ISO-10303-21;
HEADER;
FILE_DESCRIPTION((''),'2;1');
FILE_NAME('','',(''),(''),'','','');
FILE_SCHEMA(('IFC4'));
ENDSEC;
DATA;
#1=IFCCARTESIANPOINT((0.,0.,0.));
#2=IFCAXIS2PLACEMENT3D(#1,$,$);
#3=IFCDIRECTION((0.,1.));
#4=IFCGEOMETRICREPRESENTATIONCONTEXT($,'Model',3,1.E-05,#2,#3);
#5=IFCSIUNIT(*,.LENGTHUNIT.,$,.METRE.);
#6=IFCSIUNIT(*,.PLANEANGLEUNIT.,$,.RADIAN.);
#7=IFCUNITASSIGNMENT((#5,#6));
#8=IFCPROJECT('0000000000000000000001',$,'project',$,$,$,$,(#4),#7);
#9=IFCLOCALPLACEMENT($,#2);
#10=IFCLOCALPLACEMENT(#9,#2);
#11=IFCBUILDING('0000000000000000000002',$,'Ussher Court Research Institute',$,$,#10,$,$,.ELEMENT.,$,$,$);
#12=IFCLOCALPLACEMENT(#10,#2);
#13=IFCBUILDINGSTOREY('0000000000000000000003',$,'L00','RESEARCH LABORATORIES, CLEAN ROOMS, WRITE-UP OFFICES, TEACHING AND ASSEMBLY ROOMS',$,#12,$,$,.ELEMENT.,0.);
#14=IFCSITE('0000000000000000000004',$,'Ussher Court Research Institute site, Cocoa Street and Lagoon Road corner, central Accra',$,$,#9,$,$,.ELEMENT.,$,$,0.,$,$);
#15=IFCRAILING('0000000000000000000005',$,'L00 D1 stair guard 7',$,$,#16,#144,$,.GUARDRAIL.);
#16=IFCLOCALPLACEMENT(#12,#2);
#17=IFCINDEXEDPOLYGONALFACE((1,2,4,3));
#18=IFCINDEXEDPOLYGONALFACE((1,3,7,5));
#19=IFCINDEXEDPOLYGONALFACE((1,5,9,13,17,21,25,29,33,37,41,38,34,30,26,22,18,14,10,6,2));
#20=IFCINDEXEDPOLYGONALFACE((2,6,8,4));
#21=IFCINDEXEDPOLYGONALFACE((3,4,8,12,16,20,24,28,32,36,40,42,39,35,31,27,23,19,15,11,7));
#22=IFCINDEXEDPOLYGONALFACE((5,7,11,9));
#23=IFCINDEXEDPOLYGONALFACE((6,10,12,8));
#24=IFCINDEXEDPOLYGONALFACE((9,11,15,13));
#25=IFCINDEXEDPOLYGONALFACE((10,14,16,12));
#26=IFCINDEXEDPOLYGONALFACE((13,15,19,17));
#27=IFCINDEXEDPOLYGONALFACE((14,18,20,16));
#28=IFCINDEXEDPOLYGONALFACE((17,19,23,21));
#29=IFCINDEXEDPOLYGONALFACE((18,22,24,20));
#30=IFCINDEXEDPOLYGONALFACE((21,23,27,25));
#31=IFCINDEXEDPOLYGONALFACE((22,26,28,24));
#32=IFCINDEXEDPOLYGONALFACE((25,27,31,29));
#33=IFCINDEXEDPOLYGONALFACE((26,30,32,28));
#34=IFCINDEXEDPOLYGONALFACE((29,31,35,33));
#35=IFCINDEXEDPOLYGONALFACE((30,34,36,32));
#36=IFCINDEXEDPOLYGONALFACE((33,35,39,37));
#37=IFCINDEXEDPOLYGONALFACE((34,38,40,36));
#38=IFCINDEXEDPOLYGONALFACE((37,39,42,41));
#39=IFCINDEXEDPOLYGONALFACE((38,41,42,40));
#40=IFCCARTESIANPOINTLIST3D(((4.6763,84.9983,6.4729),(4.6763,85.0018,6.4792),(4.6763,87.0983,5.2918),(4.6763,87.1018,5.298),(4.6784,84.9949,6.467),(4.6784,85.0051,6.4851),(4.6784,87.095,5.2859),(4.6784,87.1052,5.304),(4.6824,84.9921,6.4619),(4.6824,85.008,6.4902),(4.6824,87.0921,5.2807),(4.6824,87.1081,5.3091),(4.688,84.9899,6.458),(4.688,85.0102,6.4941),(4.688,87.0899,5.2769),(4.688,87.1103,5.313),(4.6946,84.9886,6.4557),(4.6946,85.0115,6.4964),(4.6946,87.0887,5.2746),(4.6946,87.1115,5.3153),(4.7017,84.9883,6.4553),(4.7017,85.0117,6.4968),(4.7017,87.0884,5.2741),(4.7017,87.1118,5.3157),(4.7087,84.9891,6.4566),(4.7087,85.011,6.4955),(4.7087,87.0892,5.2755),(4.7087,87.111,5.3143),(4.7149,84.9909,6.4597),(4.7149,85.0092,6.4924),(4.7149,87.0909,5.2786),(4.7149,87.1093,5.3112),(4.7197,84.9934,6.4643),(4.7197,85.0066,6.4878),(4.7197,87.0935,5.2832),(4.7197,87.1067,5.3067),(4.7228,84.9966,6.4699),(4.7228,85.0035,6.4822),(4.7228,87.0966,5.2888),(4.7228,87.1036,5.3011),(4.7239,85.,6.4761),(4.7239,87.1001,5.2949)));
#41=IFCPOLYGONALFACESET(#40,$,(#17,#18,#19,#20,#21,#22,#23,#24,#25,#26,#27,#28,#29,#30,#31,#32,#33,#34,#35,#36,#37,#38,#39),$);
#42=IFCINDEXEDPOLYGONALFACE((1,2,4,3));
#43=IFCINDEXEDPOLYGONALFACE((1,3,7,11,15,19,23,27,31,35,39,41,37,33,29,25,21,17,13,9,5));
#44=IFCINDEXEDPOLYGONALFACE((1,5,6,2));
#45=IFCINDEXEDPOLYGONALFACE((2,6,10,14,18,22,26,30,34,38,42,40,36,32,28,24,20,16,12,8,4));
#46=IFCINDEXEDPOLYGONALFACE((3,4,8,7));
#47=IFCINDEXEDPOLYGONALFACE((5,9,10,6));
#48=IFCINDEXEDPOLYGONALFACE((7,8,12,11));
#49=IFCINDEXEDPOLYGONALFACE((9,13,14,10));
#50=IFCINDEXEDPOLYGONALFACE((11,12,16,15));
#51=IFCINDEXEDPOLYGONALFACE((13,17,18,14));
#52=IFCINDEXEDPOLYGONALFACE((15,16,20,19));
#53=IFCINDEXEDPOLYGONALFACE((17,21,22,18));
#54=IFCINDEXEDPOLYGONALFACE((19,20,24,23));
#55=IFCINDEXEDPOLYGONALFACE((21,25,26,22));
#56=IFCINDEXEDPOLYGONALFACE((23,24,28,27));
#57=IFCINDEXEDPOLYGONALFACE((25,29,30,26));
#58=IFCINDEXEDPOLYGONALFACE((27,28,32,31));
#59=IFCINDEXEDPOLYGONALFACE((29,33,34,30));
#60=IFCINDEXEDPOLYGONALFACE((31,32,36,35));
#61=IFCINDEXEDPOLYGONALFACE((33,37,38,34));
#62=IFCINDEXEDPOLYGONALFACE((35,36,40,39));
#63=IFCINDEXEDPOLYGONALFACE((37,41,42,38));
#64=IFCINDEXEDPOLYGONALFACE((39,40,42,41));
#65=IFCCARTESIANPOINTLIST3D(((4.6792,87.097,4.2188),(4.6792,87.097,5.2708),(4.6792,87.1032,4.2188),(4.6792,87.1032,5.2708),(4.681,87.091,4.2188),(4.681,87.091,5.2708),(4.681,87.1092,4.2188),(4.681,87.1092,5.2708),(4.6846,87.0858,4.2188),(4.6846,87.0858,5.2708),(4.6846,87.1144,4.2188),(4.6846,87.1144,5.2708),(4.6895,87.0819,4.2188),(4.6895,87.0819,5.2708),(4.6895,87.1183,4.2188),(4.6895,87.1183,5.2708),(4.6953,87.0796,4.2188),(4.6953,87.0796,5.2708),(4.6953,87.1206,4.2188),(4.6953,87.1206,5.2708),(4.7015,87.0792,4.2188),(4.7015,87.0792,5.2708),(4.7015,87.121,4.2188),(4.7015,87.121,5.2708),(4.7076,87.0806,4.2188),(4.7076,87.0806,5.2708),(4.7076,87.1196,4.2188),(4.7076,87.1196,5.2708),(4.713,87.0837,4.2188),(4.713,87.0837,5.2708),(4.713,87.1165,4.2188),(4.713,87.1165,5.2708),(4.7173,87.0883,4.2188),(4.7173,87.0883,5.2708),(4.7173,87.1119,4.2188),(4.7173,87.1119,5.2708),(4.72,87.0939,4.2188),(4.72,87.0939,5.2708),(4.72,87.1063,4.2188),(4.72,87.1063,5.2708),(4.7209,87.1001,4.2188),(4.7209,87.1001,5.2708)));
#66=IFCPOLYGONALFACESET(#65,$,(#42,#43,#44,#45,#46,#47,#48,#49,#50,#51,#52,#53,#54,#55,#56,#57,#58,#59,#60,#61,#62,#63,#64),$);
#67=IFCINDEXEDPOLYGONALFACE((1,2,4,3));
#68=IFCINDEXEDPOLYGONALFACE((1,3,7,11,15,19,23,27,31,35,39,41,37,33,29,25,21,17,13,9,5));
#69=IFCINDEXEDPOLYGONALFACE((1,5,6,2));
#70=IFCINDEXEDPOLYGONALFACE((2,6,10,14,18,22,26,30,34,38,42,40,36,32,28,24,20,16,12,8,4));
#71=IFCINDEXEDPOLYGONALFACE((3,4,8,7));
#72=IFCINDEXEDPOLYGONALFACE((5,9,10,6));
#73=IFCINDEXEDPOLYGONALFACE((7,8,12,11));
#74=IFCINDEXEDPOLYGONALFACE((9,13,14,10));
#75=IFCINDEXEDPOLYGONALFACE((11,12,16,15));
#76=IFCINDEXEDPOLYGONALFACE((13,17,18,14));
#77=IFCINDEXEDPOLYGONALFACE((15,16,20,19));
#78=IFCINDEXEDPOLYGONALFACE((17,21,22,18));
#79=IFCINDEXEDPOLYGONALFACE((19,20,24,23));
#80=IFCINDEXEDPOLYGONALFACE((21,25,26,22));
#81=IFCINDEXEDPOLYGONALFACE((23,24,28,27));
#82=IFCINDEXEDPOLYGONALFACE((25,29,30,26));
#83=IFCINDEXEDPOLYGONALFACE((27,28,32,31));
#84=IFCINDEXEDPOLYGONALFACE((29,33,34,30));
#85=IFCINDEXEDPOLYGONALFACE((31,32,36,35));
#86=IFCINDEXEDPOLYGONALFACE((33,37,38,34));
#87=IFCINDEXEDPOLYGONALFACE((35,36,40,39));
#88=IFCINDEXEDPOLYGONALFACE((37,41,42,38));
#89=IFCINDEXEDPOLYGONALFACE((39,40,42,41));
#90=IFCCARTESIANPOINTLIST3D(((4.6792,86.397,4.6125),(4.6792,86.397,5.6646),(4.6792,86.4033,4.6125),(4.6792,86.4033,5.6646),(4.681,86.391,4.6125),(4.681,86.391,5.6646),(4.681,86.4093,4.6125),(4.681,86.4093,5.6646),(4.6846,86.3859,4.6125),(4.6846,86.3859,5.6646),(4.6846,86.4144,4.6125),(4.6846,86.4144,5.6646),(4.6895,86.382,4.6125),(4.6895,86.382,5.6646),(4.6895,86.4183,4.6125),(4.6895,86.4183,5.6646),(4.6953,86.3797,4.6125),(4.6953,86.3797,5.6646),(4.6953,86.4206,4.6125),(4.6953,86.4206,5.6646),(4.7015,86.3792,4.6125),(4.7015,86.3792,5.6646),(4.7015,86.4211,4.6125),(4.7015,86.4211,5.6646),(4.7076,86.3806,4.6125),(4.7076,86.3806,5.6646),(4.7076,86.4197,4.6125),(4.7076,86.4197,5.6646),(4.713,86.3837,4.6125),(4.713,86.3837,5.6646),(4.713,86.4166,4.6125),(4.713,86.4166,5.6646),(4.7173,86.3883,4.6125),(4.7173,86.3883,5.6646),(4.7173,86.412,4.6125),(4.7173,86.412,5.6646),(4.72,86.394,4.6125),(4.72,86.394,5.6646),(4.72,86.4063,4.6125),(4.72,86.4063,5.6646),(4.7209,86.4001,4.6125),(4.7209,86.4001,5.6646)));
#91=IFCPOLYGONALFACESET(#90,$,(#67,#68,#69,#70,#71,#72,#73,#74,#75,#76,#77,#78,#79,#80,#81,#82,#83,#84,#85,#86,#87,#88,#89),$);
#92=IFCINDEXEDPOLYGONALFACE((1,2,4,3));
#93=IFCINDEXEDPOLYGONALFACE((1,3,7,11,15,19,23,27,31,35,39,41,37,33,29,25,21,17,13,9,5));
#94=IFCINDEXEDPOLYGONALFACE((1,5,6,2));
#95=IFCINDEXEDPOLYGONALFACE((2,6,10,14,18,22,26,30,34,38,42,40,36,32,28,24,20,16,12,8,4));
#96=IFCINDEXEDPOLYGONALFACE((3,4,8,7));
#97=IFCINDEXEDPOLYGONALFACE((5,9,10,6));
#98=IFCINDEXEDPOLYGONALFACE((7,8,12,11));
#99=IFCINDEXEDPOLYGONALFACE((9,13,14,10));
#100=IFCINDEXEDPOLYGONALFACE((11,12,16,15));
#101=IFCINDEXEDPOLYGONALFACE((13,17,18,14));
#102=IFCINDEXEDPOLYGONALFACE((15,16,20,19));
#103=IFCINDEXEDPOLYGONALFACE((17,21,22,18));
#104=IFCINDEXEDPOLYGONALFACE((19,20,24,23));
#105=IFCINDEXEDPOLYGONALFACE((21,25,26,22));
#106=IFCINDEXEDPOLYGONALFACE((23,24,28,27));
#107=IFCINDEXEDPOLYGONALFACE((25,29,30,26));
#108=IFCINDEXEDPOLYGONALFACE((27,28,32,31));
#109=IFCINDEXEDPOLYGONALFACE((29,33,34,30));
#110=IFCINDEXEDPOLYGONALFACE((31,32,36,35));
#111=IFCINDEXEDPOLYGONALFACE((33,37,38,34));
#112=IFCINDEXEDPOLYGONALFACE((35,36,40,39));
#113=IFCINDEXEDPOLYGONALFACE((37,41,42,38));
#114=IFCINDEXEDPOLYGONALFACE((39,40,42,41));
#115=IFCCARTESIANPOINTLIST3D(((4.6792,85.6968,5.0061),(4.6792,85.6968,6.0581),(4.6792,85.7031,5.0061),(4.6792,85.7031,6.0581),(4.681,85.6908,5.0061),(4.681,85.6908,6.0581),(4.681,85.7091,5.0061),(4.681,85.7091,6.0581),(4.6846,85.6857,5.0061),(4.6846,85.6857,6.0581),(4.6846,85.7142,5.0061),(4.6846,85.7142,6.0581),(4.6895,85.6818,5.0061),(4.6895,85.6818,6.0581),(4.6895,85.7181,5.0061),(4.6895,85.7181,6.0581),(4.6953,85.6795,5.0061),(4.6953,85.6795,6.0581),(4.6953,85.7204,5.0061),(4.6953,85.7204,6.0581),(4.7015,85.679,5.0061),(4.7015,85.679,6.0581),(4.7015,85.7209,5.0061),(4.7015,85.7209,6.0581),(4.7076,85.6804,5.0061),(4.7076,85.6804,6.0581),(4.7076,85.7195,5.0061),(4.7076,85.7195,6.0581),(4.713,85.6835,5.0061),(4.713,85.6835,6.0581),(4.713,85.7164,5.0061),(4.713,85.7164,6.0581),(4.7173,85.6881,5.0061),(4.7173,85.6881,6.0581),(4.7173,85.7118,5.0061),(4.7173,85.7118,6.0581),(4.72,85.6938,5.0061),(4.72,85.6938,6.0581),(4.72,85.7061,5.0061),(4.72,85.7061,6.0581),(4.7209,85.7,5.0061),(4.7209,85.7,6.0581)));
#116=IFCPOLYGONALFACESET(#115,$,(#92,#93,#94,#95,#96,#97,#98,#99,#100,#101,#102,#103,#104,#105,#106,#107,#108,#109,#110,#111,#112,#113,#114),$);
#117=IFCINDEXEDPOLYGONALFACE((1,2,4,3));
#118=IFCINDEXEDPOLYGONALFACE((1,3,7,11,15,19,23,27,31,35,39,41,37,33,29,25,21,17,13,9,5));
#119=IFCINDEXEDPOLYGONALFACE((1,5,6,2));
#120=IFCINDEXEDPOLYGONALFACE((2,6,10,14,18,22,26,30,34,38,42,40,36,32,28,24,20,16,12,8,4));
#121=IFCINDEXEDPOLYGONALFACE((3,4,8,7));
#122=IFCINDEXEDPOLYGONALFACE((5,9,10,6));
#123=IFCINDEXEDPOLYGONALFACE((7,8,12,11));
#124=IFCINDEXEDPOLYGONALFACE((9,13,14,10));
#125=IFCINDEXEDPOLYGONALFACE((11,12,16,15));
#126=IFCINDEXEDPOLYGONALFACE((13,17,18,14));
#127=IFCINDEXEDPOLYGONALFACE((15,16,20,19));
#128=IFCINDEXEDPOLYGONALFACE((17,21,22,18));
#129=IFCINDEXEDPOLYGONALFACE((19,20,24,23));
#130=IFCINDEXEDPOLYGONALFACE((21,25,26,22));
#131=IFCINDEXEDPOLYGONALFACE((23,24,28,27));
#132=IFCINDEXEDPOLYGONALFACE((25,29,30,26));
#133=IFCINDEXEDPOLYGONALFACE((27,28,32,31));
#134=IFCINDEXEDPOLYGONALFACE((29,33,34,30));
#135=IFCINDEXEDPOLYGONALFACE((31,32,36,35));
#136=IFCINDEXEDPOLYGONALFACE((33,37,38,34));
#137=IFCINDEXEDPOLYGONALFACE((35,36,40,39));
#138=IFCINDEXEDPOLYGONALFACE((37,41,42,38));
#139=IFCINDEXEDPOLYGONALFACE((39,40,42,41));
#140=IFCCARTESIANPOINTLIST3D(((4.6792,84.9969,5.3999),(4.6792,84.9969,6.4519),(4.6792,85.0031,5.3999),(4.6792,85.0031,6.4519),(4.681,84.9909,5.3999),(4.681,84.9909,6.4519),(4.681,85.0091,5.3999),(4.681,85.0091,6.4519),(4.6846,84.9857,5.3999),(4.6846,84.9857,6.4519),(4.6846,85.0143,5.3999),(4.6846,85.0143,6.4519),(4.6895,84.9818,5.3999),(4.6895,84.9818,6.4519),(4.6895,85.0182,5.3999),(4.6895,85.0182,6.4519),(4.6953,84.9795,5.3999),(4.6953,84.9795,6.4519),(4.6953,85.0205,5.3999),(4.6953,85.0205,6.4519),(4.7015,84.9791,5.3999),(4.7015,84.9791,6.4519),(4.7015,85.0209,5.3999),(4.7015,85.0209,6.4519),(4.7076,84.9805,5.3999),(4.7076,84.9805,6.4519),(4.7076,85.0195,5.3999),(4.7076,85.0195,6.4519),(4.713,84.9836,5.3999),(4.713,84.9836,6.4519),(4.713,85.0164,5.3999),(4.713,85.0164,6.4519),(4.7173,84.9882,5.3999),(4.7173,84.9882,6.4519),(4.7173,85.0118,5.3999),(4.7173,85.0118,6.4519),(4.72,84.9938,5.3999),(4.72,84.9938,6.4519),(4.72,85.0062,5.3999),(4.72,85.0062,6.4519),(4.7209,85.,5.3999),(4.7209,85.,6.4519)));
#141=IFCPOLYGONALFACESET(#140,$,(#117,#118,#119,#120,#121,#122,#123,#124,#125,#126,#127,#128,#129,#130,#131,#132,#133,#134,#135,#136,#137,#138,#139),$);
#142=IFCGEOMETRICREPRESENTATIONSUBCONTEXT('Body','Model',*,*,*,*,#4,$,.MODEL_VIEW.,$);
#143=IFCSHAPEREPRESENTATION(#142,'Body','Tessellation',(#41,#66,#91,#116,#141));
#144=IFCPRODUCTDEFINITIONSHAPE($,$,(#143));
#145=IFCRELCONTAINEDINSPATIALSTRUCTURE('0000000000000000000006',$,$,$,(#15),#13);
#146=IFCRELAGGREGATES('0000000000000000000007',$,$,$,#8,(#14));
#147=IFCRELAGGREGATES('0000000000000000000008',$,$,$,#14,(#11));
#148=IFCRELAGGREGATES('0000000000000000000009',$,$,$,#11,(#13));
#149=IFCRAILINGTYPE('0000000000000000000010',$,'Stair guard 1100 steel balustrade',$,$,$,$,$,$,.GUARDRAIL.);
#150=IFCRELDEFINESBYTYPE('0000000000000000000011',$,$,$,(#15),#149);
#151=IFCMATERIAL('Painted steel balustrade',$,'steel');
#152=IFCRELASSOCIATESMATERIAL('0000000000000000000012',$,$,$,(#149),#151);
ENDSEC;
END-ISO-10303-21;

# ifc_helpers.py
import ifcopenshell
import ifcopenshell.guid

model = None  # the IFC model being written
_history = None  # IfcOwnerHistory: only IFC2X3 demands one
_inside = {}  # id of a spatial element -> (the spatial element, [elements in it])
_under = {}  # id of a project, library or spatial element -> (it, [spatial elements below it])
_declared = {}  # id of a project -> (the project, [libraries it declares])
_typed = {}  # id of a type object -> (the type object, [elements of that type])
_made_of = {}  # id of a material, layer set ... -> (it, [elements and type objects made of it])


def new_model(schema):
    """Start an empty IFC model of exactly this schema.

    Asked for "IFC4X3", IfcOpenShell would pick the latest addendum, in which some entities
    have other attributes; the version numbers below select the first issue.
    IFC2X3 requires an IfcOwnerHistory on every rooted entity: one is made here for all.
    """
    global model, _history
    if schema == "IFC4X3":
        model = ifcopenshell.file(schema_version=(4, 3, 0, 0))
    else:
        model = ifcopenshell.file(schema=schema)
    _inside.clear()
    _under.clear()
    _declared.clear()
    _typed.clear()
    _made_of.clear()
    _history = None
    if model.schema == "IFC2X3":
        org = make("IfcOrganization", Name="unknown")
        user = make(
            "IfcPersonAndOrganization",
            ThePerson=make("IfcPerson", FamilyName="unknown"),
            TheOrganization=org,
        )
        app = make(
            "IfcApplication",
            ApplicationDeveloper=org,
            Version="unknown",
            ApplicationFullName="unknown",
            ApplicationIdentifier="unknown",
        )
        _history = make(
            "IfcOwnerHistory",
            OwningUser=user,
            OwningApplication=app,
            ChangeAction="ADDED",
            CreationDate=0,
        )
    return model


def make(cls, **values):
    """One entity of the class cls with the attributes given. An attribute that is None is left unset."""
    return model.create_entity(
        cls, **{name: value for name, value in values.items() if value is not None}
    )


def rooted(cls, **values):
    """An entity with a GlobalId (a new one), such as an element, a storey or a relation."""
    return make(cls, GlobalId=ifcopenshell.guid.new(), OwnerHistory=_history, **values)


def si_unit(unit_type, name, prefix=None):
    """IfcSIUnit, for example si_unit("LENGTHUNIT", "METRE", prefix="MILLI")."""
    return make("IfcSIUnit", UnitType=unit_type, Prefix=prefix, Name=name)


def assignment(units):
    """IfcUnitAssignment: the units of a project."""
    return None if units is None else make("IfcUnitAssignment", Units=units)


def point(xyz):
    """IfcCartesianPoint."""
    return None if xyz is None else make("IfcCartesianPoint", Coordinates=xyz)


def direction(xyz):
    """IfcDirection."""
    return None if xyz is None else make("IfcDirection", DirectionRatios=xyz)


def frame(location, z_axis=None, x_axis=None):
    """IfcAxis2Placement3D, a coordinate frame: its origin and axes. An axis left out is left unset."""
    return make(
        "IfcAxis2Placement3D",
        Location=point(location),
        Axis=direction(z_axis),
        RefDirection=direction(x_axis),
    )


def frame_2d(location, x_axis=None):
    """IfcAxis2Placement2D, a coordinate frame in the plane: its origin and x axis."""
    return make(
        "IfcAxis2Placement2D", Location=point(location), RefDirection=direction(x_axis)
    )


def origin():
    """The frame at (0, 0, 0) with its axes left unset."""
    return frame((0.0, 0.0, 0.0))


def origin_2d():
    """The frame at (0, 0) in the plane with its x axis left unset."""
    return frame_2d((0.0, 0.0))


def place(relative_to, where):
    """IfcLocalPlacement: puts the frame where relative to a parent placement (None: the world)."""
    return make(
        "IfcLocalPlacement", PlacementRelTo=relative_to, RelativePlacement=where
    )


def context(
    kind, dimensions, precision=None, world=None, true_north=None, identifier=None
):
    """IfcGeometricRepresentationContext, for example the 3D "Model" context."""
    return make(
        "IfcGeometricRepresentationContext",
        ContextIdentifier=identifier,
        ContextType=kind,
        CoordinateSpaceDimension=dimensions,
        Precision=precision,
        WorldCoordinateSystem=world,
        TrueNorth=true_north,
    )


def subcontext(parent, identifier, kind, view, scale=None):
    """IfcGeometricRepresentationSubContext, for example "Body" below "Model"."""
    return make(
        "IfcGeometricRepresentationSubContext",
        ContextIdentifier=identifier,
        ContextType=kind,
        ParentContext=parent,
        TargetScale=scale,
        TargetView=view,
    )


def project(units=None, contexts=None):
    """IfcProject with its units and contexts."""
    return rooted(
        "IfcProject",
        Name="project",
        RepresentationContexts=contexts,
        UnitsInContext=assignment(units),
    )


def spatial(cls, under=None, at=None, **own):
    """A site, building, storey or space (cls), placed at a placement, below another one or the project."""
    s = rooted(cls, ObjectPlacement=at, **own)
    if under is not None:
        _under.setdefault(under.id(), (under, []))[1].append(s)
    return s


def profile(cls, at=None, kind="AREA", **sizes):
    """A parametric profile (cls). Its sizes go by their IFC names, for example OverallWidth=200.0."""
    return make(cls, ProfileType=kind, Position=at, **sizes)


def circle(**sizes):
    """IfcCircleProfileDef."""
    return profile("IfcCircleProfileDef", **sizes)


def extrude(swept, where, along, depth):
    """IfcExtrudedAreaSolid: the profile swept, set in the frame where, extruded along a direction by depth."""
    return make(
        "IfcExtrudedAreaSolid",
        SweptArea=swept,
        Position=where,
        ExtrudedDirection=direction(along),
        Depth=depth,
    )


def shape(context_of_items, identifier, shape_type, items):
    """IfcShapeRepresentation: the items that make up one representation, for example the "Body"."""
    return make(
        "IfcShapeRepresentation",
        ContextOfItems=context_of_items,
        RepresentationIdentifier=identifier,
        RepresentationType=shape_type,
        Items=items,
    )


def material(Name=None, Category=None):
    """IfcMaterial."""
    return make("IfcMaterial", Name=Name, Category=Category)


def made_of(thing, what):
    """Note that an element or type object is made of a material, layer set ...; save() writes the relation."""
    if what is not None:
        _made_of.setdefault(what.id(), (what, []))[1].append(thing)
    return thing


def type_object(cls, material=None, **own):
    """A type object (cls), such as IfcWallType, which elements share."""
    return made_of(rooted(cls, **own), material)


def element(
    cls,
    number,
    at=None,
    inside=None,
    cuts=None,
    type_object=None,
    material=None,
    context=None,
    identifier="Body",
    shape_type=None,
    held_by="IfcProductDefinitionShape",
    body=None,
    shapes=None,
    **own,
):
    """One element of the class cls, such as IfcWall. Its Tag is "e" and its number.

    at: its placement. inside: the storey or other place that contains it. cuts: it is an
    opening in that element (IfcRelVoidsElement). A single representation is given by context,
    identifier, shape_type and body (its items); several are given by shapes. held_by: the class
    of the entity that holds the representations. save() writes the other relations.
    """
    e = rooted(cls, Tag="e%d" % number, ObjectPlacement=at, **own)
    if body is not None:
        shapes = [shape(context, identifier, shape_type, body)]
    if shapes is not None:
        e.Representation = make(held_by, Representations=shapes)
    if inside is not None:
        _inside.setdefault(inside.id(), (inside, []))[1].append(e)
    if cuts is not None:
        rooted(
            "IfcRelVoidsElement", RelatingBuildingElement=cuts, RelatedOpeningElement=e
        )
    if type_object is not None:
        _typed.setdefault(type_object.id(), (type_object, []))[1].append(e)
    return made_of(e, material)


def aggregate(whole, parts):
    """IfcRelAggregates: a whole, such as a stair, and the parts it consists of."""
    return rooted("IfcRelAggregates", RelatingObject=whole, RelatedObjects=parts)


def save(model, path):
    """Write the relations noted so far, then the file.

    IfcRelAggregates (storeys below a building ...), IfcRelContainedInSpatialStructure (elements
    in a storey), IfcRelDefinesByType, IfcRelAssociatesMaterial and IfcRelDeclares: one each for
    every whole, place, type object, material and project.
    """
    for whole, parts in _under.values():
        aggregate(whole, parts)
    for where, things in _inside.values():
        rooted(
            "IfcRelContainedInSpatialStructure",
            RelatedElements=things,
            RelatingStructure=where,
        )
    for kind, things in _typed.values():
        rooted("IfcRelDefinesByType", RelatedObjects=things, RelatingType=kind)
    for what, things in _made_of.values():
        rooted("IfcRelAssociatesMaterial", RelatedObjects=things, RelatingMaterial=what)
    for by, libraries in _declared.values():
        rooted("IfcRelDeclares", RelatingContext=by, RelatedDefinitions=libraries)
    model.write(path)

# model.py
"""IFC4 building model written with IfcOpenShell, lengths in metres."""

from ifc_helpers import new_model, si_unit, direction, frame, origin, origin_2d, place, context, subcontext, project, spatial, circle, extrude, material, type_object, element, save


model = new_model("IFC4")

# Units and contexts
model_context = context("Model", 3, precision=1e-05, world=origin(), true_north=direction((0.0, 1.0)))
body_context = subcontext(model_context, "Body", "Model", "MODEL_VIEW")
ifc_project = project(units=[si_unit("LENGTHUNIT", "METRE"), si_unit("PLANEANGLEUNIT", "RADIAN")], contexts=[model_context])

# Site, building, storey
site_placement = place(None, origin())
site = spatial("IfcSite", under=ifc_project, at=site_placement, Name="Ussher Court Research Institute site, Cocoa Street and Lagoon Road corner, central Accra", CompositionType="ELEMENT", RefElevation=0.0)
building_placement = place(site_placement, origin())
building = spatial("IfcBuilding", under=site, at=building_placement, Name="Ussher Court Research Institute", CompositionType="ELEMENT")
storey_placement = place(building_placement, origin())
storey = spatial("IfcBuildingStorey", under=building, at=storey_placement, Name="L00", Description="RESEARCH LABORATORIES, CLEAN ROOMS, WRITE-UP OFFICES, TEACHING AND ASSEMBLY ROOMS", CompositionType="ELEMENT", Elevation=0.0)

# Railing
ifc_material_1 = material(Name="Painted steel balustrade", Category="steel")
railing_type_1 = type_object("IfcRailingType", Name="Stair guard 1100 steel balustrade", PredefinedType="GUARDRAIL", material=ifc_material_1)
railing_1_placement = place(storey_placement, frame((4.7, 87.1001, 4.2188)))
element("IfcRailing", 1, at=railing_1_placement, inside=storey, type_object=railing_type_1, Name="L00 D1 stair guard 7", PredefinedType="GUARDRAIL", context=body_context, shape_type="SweptSolid", body=[
    extrude(circle(Radius=0.0239, at=origin_2d()), frame((0.0, 0.0, 1.0762), z_axis=(0.0, -0.871603, 0.490213), x_axis=(1.0, 0.0, 0.0)), (0.0, 0.0, 1.0), 2.4094),
    extrude(circle(Radius=0.021, at=origin_2d()), origin(), (0.0, 0.0, 1.0), 1.052),
    extrude(circle(Radius=0.021, at=origin_2d()), frame((0.0, -0.7, 0.3938)), (0.0, 0.0, 1.0), 1.052),
    extrude(circle(Radius=0.021, at=origin_2d()), frame((0.0, -1.4001, 0.7874)), (0.0, 0.0, 1.0), 1.052),
    extrude(circle(Radius=0.021, at=origin_2d()), frame((0.0, -2.1001, 1.1812)), (0.0, 0.0, 1.0), 1.052),
])

save(model, "model.ifc")
